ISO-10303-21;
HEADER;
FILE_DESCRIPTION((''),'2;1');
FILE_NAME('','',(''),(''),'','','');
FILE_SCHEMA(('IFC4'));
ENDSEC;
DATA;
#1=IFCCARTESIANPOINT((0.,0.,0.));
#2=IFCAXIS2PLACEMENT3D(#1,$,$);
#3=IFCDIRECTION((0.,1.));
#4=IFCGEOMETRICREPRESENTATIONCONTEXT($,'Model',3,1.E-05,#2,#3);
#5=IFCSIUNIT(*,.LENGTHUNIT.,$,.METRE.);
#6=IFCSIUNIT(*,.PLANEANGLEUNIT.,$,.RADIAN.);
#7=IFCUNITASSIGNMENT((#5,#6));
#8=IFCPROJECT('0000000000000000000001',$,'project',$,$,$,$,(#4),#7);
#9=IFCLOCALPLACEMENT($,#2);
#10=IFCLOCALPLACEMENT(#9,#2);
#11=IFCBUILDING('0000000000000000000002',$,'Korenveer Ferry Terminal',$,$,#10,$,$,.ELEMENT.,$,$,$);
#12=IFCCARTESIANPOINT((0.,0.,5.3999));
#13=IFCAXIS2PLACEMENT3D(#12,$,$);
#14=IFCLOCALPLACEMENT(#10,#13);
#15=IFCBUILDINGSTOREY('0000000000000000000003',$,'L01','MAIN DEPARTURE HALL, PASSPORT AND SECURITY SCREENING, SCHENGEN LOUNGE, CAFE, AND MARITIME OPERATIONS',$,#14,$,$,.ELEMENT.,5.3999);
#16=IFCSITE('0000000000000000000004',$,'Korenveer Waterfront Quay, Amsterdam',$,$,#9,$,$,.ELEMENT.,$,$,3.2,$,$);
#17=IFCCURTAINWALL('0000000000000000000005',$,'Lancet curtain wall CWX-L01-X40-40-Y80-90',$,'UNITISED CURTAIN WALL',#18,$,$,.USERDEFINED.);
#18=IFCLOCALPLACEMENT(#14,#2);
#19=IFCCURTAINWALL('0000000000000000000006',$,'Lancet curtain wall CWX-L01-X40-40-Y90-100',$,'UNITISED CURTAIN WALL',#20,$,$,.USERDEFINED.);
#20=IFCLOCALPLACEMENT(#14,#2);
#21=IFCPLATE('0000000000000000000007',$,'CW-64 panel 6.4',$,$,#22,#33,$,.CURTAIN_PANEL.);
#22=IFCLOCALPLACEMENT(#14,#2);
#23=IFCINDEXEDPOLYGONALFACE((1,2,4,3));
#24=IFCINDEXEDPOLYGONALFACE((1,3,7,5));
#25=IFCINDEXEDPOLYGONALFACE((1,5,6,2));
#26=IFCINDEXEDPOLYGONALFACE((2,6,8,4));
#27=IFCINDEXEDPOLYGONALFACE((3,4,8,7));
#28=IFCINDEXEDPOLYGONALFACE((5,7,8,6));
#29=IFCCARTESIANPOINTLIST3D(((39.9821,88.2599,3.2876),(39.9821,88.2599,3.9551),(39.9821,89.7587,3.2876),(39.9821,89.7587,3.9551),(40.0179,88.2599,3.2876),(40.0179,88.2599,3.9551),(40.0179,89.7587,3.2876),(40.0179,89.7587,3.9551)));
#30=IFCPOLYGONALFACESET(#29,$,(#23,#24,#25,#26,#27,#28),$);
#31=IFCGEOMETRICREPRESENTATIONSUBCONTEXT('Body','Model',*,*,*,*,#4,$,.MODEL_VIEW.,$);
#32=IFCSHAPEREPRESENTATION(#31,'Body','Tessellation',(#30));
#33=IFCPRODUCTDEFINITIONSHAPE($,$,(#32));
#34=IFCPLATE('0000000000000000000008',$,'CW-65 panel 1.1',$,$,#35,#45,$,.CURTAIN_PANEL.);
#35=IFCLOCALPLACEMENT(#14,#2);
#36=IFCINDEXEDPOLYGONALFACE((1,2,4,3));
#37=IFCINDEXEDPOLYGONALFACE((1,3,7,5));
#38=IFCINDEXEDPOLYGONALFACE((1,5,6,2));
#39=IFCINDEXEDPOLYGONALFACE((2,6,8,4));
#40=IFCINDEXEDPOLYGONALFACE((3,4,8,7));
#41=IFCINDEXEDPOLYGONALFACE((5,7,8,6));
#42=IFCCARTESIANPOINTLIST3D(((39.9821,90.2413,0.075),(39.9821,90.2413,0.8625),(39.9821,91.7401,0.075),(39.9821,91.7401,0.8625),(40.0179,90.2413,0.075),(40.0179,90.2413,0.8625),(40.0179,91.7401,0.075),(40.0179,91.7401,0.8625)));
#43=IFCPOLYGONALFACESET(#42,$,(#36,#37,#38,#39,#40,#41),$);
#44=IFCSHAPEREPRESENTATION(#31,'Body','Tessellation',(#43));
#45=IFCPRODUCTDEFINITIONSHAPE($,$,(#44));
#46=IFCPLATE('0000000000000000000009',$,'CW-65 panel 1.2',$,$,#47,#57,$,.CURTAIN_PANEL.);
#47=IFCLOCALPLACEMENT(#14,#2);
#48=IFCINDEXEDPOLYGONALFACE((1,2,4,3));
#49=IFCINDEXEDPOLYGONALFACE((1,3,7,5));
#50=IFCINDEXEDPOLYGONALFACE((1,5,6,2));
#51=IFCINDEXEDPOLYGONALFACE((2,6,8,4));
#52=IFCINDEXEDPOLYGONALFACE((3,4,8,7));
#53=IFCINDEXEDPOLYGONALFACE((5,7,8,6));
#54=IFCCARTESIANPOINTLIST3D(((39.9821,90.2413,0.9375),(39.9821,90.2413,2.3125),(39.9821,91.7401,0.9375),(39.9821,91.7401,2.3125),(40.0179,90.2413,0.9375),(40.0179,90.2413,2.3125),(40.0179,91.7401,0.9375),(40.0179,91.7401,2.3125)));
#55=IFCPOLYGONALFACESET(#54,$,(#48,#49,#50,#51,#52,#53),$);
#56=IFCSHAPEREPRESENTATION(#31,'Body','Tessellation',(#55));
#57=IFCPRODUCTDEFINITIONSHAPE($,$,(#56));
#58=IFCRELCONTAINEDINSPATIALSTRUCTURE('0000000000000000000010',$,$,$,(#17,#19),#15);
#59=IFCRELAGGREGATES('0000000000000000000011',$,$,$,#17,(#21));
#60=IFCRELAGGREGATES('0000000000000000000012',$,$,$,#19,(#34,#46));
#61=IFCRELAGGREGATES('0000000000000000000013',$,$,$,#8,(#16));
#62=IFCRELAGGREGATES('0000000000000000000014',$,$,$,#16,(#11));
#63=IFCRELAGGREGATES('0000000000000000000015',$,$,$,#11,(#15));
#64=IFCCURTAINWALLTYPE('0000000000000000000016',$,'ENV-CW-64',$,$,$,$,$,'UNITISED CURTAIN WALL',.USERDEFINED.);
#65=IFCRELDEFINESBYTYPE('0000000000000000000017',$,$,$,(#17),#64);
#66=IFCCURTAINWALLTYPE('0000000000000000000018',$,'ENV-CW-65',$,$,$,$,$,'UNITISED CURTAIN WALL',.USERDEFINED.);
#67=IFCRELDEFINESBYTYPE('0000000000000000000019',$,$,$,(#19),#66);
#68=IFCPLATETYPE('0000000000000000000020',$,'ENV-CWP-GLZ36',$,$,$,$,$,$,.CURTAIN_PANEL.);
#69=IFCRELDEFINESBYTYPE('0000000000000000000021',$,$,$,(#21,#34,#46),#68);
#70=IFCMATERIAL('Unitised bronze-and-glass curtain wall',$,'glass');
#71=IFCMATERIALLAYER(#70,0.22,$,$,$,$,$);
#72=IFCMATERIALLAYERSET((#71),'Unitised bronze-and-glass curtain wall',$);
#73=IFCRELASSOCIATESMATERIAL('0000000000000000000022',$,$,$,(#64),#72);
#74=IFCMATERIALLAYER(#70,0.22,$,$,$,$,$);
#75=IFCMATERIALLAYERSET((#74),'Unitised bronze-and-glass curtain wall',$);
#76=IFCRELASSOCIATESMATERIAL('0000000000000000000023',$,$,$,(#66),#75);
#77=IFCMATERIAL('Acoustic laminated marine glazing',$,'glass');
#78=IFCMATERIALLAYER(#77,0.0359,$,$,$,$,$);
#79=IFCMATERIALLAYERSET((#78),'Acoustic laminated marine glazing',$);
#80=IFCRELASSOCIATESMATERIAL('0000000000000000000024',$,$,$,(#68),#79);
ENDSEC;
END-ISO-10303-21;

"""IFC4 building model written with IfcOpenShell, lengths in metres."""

from ifc_helpers import new_model, si_unit, direction, frame, origin, origin_2d, place, context, subcontext, project, spatial, rectangle, extrude, material, layer, layer_set, type_object, element, aggregate, save


model = new_model("IFC4")

# Units and contexts
model_context = context("Model", 3, precision=1e-05, world=origin(), true_north=direction((0.0, 1.0)))
body_context = subcontext(model_context, "Body", "Model", "MODEL_VIEW")
ifc_project = project(units=[si_unit("LENGTHUNIT", "METRE"), si_unit("PLANEANGLEUNIT", "RADIAN")], contexts=[model_context])

# Site, building, storey
site_placement = place(None, origin())
site = spatial("IfcSite", under=ifc_project, at=site_placement, Name="Korenveer Waterfront Quay, Amsterdam", CompositionType="ELEMENT", RefElevation=3.2)
building_placement = place(site_placement, origin())
building = spatial("IfcBuilding", under=site, at=building_placement, Name="Korenveer Ferry Terminal", CompositionType="ELEMENT")
storey_placement = place(building_placement, frame((0.0, 0.0, 5.3999)))
storey = spatial("IfcBuildingStorey", under=building, at=storey_placement, Name="L01", Description="MAIN DEPARTURE HALL, PASSPORT AND SECURITY SCREENING, SCHENGEN LOUNGE, CAFE, AND MARITIME OPERATIONS", CompositionType="ELEMENT", Elevation=5.3999)

# Curtain wall
ifc_material_1 = material(Name="Unitised bronze-and-glass curtain wall", Category="glass")
ifc_layer_1 = layer(ifc_material_1, 0.22)
ifc_layer_set_1 = layer_set([ifc_layer_1], Name="Unitised bronze-and-glass curtain wall")
curtain_wall_type_1 = type_object("IfcCurtainWallType", Name="ENV-CW-64", ElementType="UNITISED CURTAIN WALL", PredefinedType="USERDEFINED", material=ifc_layer_set_1)
curtain_wall_1_placement = place(storey_placement, frame((40.0, 80.1665, 0.0)))
curtain_wall_1 = element("IfcCurtainWall", 1, at=curtain_wall_1_placement, inside=storey, type_object=curtain_wall_type_1, Name="Lancet curtain wall CWX-L01-X40-40-Y80-90", ObjectType="UNITISED CURTAIN WALL", PredefinedType="USERDEFINED")

# Curtain wall
ifc_layer_2 = layer(ifc_material_1, 0.22)
ifc_layer_set_2 = layer_set([ifc_layer_2], Name="Unitised bronze-and-glass curtain wall")
curtain_wall_type_2 = type_object("IfcCurtainWallType", Name="ENV-CW-65", ElementType="UNITISED CURTAIN WALL", PredefinedType="USERDEFINED", material=ifc_layer_set_2)
curtain_wall_2_placement = place(storey_placement, frame((40.0, 90.1665, 0.0)))
curtain_wall_2 = element("IfcCurtainWall", 2, at=curtain_wall_2_placement, inside=storey, type_object=curtain_wall_type_2, Name="Lancet curtain wall CWX-L01-X40-40-Y90-100", ObjectType="UNITISED CURTAIN WALL", PredefinedType="USERDEFINED")

# Plates
ifc_material_2 = material(Name="Acoustic laminated marine glazing", Category="glass")
ifc_layer_3 = layer(ifc_material_2, 0.0359)
ifc_layer_set_3 = layer_set([ifc_layer_3], Name="Acoustic laminated marine glazing")
plate_type = type_object("IfcPlateType", Name="ENV-CWP-GLZ36", PredefinedType="CURTAIN_PANEL", material=ifc_layer_set_3)
plate_1_placement = place(storey_placement, frame((40.0, 89.0093, 3.2876), z_axis=(0.0, 0.0, 1.0), x_axis=(0.0, 1.0, 0.0)))
plate_1 = element("IfcPlate", 3, at=plate_1_placement, type_object=plate_type, Name="CW-64 panel 6.4", PredefinedType="CURTAIN_PANEL", context=body_context, shape_type="SweptSolid", body=[
    extrude(rectangle(XDim=1.4988, YDim=0.0359, at=origin_2d()), origin(), (0.0, 0.0, 1.0), 0.6675),
])
aggregate(curtain_wall_1, [plate_1])
plate_2_placement = place(storey_placement, frame((40.0, 90.9907, 0.075), z_axis=(0.0, 0.0, 1.0), x_axis=(0.0, 1.0, 0.0)))
plate_2 = element("IfcPlate", 4, at=plate_2_placement, type_object=plate_type, Name="CW-65 panel 1.1", PredefinedType="CURTAIN_PANEL", context=body_context, shape_type="SweptSolid", body=[
    extrude(rectangle(XDim=1.4988, YDim=0.0359, at=origin_2d()), origin(), (0.0, 0.0, 1.0), 0.7876),
])
plate_3_placement = place(storey_placement, frame((40.0, 90.9907, 0.9375), z_axis=(0.0, 0.0, 1.0), x_axis=(0.0, 1.0, 0.0)))
plate_3 = element("IfcPlate", 5, at=plate_3_placement, type_object=plate_type, Name="CW-65 panel 1.2", PredefinedType="CURTAIN_PANEL", context=body_context, shape_type="SweptSolid", body=[
    extrude(rectangle(XDim=1.4988, YDim=0.0359, at=origin_2d()), origin(), (0.0, 0.0, 1.0), 1.375),
])
aggregate(curtain_wall_2, [plate_2, plate_3])

save(model, "model.ifc")
